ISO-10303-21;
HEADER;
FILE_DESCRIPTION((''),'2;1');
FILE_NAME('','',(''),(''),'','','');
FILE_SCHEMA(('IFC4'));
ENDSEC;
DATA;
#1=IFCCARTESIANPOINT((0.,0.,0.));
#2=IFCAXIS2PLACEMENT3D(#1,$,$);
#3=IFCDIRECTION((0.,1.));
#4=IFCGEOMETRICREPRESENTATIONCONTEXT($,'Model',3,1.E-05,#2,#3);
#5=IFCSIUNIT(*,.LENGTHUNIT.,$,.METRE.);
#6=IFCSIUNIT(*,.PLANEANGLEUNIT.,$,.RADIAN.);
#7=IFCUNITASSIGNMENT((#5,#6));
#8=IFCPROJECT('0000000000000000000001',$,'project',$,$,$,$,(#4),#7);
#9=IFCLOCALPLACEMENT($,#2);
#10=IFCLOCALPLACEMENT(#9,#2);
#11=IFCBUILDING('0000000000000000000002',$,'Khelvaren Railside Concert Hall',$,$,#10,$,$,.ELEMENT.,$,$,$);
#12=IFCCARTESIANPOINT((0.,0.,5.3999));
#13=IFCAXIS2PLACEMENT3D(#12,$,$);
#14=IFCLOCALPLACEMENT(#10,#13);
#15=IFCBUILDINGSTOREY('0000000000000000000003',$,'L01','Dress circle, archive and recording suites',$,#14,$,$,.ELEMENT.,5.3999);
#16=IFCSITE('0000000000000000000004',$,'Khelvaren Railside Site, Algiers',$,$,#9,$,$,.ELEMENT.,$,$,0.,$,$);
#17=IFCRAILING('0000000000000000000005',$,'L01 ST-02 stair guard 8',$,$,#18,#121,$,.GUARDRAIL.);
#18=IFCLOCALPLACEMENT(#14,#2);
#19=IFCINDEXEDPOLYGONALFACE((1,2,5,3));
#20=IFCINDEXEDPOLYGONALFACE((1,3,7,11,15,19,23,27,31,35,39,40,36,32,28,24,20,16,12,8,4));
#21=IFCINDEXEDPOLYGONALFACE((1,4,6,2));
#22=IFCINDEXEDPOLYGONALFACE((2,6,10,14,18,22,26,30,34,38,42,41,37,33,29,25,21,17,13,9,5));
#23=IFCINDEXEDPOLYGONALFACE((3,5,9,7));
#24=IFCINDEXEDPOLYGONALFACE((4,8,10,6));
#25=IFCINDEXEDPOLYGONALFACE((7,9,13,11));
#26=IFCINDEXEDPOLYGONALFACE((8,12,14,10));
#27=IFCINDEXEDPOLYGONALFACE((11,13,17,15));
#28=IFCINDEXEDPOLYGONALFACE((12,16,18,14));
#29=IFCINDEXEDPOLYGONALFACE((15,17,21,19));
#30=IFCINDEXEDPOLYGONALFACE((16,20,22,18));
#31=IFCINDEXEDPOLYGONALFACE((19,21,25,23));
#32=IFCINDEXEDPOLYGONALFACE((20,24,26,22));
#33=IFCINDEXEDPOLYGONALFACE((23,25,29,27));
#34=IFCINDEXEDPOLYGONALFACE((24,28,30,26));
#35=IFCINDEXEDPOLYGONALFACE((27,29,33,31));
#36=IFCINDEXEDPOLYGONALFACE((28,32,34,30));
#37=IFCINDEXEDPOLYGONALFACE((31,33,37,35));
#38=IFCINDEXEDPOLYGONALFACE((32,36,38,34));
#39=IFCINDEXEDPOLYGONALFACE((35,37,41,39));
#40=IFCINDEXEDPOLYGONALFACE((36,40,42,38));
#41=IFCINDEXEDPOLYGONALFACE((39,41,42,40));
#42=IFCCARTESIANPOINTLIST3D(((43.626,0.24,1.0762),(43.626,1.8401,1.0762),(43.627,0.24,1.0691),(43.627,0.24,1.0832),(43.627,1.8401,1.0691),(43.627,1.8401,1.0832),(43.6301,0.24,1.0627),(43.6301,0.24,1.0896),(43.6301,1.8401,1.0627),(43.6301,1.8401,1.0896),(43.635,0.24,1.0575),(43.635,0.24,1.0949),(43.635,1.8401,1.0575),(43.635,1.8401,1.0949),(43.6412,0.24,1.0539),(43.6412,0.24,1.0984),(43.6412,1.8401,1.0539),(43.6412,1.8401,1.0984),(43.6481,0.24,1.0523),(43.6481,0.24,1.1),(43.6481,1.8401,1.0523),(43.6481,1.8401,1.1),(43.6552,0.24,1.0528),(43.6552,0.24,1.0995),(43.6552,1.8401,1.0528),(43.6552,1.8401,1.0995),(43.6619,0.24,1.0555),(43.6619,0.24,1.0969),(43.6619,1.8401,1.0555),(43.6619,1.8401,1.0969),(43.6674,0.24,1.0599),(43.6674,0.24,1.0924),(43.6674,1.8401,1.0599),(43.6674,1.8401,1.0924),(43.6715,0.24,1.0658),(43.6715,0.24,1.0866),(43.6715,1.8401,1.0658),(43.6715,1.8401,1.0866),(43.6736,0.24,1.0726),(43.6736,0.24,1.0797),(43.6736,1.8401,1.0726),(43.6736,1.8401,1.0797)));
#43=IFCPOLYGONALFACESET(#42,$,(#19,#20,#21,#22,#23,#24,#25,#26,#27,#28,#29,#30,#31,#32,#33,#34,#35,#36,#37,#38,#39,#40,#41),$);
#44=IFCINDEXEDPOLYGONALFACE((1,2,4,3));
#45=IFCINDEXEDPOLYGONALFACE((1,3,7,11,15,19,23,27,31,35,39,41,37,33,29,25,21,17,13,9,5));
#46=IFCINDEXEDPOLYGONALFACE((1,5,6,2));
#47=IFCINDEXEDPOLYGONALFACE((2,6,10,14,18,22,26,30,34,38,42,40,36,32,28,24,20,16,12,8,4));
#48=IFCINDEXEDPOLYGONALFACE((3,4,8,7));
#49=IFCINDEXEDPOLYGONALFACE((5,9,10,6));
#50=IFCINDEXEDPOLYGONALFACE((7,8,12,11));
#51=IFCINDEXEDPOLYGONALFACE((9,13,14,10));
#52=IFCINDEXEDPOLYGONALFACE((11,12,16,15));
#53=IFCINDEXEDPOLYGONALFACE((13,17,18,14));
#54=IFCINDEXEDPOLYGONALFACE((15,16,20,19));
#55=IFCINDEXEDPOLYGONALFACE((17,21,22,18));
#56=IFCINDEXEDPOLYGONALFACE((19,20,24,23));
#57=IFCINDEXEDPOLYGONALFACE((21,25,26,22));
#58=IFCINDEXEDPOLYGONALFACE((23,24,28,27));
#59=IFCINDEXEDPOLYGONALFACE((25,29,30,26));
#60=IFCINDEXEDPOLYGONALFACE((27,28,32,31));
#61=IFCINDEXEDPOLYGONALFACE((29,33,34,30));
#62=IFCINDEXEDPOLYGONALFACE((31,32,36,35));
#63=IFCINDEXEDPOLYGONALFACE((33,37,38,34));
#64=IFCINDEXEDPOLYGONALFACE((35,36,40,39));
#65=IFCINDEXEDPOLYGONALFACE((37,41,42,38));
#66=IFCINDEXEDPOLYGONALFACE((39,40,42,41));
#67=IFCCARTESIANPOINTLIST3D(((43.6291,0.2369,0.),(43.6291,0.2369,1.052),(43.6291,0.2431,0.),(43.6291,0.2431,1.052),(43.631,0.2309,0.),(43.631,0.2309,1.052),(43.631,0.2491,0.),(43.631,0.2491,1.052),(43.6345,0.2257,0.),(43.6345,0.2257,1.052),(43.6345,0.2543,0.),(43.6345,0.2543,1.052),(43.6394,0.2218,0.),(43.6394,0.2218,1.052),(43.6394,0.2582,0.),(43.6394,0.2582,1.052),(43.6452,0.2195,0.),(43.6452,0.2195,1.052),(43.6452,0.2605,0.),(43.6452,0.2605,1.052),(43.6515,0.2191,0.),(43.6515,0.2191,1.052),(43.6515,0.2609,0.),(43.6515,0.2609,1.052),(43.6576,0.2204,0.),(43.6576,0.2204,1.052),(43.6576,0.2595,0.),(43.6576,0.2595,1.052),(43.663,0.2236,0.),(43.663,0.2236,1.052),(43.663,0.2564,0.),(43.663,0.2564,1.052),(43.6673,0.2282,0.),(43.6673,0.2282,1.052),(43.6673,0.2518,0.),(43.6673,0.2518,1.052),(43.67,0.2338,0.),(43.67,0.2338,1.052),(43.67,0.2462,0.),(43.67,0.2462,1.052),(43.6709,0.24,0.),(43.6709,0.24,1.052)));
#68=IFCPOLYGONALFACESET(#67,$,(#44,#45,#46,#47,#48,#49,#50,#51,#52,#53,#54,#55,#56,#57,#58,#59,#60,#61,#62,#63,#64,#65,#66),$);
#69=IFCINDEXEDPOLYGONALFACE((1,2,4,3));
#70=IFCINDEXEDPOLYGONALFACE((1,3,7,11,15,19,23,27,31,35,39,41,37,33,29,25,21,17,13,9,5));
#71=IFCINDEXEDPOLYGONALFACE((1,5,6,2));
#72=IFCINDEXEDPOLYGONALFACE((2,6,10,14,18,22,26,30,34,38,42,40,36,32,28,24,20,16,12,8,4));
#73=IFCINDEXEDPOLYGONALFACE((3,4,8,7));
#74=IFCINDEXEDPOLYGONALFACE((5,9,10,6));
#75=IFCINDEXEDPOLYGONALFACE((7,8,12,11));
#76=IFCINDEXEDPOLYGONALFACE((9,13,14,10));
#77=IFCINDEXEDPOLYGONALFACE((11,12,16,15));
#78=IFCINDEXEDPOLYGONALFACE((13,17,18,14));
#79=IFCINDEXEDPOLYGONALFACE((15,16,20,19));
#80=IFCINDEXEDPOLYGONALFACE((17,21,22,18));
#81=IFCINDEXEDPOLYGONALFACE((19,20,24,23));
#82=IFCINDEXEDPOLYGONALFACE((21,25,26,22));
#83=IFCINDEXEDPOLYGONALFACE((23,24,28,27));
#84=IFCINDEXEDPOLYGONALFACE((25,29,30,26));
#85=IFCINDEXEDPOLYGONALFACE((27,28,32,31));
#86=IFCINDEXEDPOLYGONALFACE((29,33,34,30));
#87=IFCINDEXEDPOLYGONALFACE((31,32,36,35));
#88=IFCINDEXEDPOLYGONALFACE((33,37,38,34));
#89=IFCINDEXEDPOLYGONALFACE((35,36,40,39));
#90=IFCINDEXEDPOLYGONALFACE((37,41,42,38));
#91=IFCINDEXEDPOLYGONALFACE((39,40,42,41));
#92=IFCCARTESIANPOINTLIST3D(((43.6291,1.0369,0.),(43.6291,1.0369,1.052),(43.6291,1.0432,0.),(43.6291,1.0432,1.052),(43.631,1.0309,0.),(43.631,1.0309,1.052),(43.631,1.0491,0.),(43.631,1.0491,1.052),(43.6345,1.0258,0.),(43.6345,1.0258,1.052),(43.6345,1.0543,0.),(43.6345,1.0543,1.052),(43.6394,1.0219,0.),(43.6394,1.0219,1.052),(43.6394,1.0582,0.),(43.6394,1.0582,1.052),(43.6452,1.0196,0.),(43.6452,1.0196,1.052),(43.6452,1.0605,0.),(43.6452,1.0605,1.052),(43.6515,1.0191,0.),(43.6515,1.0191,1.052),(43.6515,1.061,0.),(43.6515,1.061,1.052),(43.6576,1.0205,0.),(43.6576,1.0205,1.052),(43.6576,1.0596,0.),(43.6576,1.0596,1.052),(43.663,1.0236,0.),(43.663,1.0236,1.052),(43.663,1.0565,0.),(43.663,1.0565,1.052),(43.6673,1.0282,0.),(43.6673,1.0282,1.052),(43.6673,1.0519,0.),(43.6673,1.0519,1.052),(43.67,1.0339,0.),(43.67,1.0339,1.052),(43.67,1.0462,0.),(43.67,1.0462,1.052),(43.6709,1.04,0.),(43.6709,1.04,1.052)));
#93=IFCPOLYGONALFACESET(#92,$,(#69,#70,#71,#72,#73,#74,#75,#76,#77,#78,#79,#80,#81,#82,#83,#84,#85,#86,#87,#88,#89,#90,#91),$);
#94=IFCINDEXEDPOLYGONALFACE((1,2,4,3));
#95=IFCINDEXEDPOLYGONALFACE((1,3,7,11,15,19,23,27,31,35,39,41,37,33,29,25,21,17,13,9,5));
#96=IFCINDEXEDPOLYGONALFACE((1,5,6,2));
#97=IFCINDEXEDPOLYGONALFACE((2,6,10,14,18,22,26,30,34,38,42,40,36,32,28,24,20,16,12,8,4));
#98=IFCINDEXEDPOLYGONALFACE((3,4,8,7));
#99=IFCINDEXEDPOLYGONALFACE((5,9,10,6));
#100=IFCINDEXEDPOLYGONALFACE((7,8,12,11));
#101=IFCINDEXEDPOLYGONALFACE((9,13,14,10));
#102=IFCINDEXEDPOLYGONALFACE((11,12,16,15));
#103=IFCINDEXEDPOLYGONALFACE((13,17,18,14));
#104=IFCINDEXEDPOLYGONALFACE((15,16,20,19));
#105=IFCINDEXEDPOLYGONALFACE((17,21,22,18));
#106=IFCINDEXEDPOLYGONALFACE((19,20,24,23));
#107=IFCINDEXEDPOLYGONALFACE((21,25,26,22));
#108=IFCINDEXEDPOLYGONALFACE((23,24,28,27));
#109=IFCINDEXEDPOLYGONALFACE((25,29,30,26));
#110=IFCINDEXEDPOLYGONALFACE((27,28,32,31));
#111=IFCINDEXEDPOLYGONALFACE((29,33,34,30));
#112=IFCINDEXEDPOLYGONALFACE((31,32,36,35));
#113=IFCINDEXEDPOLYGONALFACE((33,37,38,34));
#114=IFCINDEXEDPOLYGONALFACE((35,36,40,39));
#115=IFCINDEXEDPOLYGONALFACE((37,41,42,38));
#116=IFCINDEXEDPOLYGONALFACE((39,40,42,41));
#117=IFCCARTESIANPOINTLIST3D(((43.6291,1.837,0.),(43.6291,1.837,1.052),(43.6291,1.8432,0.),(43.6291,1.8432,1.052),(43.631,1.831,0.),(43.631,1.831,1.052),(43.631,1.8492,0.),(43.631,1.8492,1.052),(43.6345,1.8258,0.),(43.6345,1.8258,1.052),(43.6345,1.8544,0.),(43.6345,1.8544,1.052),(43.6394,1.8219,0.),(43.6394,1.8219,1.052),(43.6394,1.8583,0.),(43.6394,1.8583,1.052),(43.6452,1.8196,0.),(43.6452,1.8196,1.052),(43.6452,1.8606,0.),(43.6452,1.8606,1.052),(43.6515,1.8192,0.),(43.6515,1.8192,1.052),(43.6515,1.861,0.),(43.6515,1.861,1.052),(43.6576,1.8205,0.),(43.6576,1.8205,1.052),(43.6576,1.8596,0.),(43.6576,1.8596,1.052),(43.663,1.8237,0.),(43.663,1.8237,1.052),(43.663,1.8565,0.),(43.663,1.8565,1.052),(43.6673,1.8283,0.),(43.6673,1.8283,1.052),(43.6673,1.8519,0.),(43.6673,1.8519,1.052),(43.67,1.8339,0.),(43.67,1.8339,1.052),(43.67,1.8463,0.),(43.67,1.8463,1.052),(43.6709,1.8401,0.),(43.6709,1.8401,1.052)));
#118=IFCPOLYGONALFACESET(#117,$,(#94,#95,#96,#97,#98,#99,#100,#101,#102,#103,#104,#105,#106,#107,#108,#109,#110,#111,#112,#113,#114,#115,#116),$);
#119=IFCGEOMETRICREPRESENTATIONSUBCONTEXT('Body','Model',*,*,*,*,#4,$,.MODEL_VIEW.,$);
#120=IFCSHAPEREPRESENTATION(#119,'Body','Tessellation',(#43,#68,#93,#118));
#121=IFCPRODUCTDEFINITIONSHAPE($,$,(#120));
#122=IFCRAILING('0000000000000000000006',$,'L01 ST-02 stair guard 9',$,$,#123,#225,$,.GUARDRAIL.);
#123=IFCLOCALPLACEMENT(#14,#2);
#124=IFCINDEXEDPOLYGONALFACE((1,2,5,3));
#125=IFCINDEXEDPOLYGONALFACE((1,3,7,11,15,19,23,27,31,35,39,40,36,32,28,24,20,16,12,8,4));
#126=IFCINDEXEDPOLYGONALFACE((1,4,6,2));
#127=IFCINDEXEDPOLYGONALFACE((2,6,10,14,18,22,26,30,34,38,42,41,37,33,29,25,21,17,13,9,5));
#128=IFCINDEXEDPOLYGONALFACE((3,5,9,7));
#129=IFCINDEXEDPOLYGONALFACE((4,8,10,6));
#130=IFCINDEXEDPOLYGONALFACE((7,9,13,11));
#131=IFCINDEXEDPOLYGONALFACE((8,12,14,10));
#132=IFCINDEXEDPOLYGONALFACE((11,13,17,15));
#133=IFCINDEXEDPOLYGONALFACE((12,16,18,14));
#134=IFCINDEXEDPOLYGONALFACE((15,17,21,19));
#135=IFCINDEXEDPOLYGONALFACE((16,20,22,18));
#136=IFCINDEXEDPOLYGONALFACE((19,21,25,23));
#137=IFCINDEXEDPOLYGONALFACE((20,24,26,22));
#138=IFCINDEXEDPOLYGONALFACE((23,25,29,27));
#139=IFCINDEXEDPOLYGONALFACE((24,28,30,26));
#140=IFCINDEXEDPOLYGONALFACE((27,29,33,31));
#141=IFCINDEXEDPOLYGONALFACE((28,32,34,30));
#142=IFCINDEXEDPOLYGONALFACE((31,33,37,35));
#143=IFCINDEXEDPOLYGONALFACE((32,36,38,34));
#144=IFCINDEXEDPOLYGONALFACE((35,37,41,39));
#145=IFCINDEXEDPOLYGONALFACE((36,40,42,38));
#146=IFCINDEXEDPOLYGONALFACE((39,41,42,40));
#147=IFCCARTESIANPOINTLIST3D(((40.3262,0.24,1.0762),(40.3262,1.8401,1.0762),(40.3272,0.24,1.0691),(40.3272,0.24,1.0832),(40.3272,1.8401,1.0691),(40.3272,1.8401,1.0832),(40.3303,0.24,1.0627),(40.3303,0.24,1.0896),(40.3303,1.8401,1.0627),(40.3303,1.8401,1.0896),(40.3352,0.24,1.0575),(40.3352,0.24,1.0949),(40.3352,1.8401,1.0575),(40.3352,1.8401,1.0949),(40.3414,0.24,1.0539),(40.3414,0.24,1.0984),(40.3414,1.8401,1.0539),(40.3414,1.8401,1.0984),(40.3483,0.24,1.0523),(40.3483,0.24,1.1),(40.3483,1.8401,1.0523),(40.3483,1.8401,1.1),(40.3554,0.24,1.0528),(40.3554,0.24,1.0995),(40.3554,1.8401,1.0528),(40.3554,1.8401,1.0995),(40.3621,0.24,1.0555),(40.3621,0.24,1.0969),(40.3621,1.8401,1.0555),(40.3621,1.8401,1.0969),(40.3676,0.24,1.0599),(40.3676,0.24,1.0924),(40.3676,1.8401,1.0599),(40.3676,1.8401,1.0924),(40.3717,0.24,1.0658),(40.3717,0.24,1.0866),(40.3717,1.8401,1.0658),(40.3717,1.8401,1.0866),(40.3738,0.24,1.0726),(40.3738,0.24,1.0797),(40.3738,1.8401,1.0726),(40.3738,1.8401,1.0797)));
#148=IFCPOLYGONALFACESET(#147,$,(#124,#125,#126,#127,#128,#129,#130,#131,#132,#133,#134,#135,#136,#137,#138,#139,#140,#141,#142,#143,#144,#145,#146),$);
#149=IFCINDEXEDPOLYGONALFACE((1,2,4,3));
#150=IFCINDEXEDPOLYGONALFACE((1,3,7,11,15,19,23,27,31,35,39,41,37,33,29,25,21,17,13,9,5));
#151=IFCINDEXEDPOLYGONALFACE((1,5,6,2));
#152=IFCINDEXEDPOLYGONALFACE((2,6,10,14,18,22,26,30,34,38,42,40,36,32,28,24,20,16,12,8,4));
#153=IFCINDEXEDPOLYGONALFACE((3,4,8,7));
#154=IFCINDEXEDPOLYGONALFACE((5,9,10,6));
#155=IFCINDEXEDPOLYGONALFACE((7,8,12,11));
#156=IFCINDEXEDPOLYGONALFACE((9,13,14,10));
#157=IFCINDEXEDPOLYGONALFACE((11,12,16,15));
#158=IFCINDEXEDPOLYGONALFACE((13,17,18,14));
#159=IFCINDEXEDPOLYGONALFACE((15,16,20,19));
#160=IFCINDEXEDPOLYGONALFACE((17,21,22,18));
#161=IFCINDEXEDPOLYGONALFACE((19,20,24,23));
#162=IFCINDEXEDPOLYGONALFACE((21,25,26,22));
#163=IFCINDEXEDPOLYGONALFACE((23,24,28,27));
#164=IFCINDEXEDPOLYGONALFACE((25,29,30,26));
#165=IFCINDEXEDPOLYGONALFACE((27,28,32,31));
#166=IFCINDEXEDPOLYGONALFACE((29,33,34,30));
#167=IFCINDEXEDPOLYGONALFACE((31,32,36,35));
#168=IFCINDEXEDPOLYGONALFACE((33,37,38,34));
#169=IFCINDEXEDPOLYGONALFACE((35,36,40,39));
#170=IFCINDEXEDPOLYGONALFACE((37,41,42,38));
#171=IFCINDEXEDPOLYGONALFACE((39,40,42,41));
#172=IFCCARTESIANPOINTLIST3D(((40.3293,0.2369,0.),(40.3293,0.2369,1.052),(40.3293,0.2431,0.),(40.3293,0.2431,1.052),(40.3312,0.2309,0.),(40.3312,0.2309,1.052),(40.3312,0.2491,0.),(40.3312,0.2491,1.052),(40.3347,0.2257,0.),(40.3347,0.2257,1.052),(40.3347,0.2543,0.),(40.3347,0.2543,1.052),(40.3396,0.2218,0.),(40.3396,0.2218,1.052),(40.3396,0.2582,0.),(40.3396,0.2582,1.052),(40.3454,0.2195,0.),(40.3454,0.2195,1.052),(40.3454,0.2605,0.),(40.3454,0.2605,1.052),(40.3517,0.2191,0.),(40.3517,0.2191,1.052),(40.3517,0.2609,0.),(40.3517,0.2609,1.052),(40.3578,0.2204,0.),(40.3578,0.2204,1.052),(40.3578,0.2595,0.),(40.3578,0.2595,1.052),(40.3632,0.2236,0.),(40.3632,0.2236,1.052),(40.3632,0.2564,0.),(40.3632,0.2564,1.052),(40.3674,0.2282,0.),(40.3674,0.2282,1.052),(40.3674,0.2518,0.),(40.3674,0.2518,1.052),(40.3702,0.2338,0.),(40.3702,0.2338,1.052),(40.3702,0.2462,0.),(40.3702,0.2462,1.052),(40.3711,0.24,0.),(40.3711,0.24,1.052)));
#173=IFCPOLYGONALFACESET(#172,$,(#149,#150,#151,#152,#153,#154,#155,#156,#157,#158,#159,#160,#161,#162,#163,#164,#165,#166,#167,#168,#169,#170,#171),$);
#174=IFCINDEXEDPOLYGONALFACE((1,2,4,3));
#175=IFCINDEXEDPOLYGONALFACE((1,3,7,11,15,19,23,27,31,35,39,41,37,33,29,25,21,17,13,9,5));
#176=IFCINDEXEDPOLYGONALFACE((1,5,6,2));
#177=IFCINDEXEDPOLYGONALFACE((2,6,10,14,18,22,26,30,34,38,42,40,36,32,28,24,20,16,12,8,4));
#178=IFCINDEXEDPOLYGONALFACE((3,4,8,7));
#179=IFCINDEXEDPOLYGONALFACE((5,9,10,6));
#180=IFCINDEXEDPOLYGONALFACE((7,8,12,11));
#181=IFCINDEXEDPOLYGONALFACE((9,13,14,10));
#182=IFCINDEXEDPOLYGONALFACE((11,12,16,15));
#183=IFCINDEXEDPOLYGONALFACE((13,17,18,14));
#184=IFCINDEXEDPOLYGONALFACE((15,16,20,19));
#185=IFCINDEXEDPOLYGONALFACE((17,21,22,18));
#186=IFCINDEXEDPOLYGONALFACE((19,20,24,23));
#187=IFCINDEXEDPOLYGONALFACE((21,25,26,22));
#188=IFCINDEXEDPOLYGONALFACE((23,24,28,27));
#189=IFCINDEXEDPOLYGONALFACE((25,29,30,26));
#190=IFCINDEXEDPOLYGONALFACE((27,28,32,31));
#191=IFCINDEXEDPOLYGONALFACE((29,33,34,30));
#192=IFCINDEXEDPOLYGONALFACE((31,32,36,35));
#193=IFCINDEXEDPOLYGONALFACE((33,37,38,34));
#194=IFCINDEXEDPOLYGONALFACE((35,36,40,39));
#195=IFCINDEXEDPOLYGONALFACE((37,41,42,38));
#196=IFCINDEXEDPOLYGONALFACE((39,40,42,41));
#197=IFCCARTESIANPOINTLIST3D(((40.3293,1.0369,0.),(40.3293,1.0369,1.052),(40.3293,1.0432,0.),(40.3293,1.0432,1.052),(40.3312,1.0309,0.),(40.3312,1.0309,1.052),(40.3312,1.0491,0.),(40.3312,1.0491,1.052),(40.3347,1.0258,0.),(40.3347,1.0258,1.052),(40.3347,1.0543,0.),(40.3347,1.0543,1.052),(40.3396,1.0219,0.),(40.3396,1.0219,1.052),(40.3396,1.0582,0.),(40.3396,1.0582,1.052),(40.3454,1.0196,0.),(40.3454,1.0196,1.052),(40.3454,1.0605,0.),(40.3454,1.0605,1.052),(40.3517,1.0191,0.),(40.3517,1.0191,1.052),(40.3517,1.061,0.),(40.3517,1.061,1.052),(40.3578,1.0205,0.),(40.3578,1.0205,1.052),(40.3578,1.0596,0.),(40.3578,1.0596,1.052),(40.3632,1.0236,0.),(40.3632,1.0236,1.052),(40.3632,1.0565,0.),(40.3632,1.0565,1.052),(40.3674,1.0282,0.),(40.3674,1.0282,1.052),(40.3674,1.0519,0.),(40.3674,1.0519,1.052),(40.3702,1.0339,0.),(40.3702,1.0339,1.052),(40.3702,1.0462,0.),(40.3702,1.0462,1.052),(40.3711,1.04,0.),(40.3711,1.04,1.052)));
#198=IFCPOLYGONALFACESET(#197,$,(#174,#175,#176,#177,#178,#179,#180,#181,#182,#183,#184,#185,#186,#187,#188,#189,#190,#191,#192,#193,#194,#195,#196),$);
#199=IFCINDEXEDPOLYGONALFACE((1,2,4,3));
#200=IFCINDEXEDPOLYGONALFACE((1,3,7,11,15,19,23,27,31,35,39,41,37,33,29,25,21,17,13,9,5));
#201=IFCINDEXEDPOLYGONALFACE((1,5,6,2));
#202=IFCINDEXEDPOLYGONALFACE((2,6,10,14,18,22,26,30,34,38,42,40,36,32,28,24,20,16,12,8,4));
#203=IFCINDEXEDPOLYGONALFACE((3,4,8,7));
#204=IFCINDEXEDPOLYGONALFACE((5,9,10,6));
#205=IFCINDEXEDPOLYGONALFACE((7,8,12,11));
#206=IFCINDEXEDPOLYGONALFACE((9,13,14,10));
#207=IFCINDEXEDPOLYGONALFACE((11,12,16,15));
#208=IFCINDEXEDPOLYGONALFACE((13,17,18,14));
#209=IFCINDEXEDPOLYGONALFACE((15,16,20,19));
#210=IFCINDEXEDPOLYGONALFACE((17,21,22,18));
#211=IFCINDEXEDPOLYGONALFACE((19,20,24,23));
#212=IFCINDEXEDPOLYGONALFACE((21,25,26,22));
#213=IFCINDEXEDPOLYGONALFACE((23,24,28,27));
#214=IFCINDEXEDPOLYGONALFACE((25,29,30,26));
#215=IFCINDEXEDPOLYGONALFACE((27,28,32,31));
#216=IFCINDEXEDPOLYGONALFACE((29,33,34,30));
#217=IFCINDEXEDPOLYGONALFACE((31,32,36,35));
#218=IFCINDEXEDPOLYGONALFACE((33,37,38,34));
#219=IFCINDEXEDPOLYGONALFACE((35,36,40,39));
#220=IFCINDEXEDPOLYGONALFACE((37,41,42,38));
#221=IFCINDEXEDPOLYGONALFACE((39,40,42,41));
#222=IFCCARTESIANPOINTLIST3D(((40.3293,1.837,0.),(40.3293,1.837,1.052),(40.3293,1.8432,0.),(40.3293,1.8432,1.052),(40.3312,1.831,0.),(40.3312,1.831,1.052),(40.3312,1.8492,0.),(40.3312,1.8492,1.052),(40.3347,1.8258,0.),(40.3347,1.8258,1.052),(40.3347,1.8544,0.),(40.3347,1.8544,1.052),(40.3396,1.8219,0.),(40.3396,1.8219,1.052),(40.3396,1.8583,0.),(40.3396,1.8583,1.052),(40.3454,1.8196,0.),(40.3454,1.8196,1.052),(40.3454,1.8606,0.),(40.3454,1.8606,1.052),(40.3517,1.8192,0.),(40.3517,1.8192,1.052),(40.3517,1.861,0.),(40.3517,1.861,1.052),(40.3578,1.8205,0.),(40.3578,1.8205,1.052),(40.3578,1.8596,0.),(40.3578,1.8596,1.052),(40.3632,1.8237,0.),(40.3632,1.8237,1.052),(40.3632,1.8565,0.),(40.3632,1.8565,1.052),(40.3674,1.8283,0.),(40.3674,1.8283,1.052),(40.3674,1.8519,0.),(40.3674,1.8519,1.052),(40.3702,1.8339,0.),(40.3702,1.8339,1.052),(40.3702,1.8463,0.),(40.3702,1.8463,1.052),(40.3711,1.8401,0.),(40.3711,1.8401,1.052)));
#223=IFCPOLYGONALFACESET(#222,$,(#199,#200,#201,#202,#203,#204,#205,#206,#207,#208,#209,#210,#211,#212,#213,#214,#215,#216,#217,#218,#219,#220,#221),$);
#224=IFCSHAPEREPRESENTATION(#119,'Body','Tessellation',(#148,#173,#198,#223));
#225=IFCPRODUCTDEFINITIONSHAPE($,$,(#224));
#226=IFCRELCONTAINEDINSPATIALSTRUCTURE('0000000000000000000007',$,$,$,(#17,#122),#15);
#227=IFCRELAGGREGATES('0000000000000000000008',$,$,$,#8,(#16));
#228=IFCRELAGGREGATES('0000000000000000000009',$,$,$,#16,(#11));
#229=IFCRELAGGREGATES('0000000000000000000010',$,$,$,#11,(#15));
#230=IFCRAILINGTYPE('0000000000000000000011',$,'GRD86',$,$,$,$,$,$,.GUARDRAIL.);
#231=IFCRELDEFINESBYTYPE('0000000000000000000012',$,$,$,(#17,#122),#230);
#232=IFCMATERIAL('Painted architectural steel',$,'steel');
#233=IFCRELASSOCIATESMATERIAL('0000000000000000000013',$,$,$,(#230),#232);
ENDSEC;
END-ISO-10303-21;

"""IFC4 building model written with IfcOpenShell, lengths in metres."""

from ifc_helpers import new_model, si_unit, direction, frame, origin, origin_2d, place, context, subcontext, project, spatial, circle, extrude, material, type_object, element, save


model = new_model("IFC4")

# Units and contexts
model_context = context("Model", 3, precision=1e-05, world=origin(), true_north=direction((0.0, 1.0)))
body_context = subcontext(model_context, "Body", "Model", "MODEL_VIEW")
ifc_project = project(units=[si_unit("LENGTHUNIT", "METRE"), si_unit("PLANEANGLEUNIT", "RADIAN")], contexts=[model_context])

# Site, building, storey
site_placement = place(None, origin())
site = spatial("IfcSite", under=ifc_project, at=site_placement, Name="Khelvaren Railside Site, Algiers", CompositionType="ELEMENT", RefElevation=0.0)
building_placement = place(site_placement, origin())
building = spatial("IfcBuilding", under=site, at=building_placement, Name="Khelvaren Railside Concert Hall", CompositionType="ELEMENT")
storey_placement = place(building_placement, frame((0.0, 0.0, 5.3999)))
storey = spatial("IfcBuildingStorey", under=building, at=storey_placement, Name="L01", Description="Dress circle, archive and recording suites", CompositionType="ELEMENT", Elevation=5.3999)

# Railings
ifc_material_1 = material(Name="Painted architectural steel", Category="steel")
railing_type_1 = type_object("IfcRailingType", Name="GRD86", PredefinedType="GUARDRAIL", material=ifc_material_1)
for number, where, name in (
    (1, (43.6499, 0.24, 0.0), "L01 ST-02 stair guard 8"),
    (2, (40.3501, 0.24, 0.0), "L01 ST-02 stair guard 9"),
):
    element("IfcRailing", number, at=place(storey_placement, frame(where)), inside=storey, type_object=railing_type_1, Name=name, PredefinedType="GUARDRAIL", context=body_context, shape_type="SweptSolid", body=[
        extrude(circle(Radius=0.0239, at=origin_2d()), frame((0.0, 0.0, 1.0762), z_axis=(0.0, 1.0, 0.0), x_axis=(-1.0, 0.0, 0.0)), (0.0, 0.0, 1.0), 1.6001),
        extrude(circle(Radius=0.021, at=origin_2d()), origin(), (0.0, 0.0, 1.0), 1.052),
        extrude(circle(Radius=0.021, at=origin_2d()), frame((0.0, 0.8, 0.0)), (0.0, 0.0, 1.0), 1.052),
        extrude(circle(Radius=0.021, at=origin_2d()), frame((0.0, 1.6001, 0.0)), (0.0, 0.0, 1.0), 1.052),
    ])

save(model, "model.ifc")
